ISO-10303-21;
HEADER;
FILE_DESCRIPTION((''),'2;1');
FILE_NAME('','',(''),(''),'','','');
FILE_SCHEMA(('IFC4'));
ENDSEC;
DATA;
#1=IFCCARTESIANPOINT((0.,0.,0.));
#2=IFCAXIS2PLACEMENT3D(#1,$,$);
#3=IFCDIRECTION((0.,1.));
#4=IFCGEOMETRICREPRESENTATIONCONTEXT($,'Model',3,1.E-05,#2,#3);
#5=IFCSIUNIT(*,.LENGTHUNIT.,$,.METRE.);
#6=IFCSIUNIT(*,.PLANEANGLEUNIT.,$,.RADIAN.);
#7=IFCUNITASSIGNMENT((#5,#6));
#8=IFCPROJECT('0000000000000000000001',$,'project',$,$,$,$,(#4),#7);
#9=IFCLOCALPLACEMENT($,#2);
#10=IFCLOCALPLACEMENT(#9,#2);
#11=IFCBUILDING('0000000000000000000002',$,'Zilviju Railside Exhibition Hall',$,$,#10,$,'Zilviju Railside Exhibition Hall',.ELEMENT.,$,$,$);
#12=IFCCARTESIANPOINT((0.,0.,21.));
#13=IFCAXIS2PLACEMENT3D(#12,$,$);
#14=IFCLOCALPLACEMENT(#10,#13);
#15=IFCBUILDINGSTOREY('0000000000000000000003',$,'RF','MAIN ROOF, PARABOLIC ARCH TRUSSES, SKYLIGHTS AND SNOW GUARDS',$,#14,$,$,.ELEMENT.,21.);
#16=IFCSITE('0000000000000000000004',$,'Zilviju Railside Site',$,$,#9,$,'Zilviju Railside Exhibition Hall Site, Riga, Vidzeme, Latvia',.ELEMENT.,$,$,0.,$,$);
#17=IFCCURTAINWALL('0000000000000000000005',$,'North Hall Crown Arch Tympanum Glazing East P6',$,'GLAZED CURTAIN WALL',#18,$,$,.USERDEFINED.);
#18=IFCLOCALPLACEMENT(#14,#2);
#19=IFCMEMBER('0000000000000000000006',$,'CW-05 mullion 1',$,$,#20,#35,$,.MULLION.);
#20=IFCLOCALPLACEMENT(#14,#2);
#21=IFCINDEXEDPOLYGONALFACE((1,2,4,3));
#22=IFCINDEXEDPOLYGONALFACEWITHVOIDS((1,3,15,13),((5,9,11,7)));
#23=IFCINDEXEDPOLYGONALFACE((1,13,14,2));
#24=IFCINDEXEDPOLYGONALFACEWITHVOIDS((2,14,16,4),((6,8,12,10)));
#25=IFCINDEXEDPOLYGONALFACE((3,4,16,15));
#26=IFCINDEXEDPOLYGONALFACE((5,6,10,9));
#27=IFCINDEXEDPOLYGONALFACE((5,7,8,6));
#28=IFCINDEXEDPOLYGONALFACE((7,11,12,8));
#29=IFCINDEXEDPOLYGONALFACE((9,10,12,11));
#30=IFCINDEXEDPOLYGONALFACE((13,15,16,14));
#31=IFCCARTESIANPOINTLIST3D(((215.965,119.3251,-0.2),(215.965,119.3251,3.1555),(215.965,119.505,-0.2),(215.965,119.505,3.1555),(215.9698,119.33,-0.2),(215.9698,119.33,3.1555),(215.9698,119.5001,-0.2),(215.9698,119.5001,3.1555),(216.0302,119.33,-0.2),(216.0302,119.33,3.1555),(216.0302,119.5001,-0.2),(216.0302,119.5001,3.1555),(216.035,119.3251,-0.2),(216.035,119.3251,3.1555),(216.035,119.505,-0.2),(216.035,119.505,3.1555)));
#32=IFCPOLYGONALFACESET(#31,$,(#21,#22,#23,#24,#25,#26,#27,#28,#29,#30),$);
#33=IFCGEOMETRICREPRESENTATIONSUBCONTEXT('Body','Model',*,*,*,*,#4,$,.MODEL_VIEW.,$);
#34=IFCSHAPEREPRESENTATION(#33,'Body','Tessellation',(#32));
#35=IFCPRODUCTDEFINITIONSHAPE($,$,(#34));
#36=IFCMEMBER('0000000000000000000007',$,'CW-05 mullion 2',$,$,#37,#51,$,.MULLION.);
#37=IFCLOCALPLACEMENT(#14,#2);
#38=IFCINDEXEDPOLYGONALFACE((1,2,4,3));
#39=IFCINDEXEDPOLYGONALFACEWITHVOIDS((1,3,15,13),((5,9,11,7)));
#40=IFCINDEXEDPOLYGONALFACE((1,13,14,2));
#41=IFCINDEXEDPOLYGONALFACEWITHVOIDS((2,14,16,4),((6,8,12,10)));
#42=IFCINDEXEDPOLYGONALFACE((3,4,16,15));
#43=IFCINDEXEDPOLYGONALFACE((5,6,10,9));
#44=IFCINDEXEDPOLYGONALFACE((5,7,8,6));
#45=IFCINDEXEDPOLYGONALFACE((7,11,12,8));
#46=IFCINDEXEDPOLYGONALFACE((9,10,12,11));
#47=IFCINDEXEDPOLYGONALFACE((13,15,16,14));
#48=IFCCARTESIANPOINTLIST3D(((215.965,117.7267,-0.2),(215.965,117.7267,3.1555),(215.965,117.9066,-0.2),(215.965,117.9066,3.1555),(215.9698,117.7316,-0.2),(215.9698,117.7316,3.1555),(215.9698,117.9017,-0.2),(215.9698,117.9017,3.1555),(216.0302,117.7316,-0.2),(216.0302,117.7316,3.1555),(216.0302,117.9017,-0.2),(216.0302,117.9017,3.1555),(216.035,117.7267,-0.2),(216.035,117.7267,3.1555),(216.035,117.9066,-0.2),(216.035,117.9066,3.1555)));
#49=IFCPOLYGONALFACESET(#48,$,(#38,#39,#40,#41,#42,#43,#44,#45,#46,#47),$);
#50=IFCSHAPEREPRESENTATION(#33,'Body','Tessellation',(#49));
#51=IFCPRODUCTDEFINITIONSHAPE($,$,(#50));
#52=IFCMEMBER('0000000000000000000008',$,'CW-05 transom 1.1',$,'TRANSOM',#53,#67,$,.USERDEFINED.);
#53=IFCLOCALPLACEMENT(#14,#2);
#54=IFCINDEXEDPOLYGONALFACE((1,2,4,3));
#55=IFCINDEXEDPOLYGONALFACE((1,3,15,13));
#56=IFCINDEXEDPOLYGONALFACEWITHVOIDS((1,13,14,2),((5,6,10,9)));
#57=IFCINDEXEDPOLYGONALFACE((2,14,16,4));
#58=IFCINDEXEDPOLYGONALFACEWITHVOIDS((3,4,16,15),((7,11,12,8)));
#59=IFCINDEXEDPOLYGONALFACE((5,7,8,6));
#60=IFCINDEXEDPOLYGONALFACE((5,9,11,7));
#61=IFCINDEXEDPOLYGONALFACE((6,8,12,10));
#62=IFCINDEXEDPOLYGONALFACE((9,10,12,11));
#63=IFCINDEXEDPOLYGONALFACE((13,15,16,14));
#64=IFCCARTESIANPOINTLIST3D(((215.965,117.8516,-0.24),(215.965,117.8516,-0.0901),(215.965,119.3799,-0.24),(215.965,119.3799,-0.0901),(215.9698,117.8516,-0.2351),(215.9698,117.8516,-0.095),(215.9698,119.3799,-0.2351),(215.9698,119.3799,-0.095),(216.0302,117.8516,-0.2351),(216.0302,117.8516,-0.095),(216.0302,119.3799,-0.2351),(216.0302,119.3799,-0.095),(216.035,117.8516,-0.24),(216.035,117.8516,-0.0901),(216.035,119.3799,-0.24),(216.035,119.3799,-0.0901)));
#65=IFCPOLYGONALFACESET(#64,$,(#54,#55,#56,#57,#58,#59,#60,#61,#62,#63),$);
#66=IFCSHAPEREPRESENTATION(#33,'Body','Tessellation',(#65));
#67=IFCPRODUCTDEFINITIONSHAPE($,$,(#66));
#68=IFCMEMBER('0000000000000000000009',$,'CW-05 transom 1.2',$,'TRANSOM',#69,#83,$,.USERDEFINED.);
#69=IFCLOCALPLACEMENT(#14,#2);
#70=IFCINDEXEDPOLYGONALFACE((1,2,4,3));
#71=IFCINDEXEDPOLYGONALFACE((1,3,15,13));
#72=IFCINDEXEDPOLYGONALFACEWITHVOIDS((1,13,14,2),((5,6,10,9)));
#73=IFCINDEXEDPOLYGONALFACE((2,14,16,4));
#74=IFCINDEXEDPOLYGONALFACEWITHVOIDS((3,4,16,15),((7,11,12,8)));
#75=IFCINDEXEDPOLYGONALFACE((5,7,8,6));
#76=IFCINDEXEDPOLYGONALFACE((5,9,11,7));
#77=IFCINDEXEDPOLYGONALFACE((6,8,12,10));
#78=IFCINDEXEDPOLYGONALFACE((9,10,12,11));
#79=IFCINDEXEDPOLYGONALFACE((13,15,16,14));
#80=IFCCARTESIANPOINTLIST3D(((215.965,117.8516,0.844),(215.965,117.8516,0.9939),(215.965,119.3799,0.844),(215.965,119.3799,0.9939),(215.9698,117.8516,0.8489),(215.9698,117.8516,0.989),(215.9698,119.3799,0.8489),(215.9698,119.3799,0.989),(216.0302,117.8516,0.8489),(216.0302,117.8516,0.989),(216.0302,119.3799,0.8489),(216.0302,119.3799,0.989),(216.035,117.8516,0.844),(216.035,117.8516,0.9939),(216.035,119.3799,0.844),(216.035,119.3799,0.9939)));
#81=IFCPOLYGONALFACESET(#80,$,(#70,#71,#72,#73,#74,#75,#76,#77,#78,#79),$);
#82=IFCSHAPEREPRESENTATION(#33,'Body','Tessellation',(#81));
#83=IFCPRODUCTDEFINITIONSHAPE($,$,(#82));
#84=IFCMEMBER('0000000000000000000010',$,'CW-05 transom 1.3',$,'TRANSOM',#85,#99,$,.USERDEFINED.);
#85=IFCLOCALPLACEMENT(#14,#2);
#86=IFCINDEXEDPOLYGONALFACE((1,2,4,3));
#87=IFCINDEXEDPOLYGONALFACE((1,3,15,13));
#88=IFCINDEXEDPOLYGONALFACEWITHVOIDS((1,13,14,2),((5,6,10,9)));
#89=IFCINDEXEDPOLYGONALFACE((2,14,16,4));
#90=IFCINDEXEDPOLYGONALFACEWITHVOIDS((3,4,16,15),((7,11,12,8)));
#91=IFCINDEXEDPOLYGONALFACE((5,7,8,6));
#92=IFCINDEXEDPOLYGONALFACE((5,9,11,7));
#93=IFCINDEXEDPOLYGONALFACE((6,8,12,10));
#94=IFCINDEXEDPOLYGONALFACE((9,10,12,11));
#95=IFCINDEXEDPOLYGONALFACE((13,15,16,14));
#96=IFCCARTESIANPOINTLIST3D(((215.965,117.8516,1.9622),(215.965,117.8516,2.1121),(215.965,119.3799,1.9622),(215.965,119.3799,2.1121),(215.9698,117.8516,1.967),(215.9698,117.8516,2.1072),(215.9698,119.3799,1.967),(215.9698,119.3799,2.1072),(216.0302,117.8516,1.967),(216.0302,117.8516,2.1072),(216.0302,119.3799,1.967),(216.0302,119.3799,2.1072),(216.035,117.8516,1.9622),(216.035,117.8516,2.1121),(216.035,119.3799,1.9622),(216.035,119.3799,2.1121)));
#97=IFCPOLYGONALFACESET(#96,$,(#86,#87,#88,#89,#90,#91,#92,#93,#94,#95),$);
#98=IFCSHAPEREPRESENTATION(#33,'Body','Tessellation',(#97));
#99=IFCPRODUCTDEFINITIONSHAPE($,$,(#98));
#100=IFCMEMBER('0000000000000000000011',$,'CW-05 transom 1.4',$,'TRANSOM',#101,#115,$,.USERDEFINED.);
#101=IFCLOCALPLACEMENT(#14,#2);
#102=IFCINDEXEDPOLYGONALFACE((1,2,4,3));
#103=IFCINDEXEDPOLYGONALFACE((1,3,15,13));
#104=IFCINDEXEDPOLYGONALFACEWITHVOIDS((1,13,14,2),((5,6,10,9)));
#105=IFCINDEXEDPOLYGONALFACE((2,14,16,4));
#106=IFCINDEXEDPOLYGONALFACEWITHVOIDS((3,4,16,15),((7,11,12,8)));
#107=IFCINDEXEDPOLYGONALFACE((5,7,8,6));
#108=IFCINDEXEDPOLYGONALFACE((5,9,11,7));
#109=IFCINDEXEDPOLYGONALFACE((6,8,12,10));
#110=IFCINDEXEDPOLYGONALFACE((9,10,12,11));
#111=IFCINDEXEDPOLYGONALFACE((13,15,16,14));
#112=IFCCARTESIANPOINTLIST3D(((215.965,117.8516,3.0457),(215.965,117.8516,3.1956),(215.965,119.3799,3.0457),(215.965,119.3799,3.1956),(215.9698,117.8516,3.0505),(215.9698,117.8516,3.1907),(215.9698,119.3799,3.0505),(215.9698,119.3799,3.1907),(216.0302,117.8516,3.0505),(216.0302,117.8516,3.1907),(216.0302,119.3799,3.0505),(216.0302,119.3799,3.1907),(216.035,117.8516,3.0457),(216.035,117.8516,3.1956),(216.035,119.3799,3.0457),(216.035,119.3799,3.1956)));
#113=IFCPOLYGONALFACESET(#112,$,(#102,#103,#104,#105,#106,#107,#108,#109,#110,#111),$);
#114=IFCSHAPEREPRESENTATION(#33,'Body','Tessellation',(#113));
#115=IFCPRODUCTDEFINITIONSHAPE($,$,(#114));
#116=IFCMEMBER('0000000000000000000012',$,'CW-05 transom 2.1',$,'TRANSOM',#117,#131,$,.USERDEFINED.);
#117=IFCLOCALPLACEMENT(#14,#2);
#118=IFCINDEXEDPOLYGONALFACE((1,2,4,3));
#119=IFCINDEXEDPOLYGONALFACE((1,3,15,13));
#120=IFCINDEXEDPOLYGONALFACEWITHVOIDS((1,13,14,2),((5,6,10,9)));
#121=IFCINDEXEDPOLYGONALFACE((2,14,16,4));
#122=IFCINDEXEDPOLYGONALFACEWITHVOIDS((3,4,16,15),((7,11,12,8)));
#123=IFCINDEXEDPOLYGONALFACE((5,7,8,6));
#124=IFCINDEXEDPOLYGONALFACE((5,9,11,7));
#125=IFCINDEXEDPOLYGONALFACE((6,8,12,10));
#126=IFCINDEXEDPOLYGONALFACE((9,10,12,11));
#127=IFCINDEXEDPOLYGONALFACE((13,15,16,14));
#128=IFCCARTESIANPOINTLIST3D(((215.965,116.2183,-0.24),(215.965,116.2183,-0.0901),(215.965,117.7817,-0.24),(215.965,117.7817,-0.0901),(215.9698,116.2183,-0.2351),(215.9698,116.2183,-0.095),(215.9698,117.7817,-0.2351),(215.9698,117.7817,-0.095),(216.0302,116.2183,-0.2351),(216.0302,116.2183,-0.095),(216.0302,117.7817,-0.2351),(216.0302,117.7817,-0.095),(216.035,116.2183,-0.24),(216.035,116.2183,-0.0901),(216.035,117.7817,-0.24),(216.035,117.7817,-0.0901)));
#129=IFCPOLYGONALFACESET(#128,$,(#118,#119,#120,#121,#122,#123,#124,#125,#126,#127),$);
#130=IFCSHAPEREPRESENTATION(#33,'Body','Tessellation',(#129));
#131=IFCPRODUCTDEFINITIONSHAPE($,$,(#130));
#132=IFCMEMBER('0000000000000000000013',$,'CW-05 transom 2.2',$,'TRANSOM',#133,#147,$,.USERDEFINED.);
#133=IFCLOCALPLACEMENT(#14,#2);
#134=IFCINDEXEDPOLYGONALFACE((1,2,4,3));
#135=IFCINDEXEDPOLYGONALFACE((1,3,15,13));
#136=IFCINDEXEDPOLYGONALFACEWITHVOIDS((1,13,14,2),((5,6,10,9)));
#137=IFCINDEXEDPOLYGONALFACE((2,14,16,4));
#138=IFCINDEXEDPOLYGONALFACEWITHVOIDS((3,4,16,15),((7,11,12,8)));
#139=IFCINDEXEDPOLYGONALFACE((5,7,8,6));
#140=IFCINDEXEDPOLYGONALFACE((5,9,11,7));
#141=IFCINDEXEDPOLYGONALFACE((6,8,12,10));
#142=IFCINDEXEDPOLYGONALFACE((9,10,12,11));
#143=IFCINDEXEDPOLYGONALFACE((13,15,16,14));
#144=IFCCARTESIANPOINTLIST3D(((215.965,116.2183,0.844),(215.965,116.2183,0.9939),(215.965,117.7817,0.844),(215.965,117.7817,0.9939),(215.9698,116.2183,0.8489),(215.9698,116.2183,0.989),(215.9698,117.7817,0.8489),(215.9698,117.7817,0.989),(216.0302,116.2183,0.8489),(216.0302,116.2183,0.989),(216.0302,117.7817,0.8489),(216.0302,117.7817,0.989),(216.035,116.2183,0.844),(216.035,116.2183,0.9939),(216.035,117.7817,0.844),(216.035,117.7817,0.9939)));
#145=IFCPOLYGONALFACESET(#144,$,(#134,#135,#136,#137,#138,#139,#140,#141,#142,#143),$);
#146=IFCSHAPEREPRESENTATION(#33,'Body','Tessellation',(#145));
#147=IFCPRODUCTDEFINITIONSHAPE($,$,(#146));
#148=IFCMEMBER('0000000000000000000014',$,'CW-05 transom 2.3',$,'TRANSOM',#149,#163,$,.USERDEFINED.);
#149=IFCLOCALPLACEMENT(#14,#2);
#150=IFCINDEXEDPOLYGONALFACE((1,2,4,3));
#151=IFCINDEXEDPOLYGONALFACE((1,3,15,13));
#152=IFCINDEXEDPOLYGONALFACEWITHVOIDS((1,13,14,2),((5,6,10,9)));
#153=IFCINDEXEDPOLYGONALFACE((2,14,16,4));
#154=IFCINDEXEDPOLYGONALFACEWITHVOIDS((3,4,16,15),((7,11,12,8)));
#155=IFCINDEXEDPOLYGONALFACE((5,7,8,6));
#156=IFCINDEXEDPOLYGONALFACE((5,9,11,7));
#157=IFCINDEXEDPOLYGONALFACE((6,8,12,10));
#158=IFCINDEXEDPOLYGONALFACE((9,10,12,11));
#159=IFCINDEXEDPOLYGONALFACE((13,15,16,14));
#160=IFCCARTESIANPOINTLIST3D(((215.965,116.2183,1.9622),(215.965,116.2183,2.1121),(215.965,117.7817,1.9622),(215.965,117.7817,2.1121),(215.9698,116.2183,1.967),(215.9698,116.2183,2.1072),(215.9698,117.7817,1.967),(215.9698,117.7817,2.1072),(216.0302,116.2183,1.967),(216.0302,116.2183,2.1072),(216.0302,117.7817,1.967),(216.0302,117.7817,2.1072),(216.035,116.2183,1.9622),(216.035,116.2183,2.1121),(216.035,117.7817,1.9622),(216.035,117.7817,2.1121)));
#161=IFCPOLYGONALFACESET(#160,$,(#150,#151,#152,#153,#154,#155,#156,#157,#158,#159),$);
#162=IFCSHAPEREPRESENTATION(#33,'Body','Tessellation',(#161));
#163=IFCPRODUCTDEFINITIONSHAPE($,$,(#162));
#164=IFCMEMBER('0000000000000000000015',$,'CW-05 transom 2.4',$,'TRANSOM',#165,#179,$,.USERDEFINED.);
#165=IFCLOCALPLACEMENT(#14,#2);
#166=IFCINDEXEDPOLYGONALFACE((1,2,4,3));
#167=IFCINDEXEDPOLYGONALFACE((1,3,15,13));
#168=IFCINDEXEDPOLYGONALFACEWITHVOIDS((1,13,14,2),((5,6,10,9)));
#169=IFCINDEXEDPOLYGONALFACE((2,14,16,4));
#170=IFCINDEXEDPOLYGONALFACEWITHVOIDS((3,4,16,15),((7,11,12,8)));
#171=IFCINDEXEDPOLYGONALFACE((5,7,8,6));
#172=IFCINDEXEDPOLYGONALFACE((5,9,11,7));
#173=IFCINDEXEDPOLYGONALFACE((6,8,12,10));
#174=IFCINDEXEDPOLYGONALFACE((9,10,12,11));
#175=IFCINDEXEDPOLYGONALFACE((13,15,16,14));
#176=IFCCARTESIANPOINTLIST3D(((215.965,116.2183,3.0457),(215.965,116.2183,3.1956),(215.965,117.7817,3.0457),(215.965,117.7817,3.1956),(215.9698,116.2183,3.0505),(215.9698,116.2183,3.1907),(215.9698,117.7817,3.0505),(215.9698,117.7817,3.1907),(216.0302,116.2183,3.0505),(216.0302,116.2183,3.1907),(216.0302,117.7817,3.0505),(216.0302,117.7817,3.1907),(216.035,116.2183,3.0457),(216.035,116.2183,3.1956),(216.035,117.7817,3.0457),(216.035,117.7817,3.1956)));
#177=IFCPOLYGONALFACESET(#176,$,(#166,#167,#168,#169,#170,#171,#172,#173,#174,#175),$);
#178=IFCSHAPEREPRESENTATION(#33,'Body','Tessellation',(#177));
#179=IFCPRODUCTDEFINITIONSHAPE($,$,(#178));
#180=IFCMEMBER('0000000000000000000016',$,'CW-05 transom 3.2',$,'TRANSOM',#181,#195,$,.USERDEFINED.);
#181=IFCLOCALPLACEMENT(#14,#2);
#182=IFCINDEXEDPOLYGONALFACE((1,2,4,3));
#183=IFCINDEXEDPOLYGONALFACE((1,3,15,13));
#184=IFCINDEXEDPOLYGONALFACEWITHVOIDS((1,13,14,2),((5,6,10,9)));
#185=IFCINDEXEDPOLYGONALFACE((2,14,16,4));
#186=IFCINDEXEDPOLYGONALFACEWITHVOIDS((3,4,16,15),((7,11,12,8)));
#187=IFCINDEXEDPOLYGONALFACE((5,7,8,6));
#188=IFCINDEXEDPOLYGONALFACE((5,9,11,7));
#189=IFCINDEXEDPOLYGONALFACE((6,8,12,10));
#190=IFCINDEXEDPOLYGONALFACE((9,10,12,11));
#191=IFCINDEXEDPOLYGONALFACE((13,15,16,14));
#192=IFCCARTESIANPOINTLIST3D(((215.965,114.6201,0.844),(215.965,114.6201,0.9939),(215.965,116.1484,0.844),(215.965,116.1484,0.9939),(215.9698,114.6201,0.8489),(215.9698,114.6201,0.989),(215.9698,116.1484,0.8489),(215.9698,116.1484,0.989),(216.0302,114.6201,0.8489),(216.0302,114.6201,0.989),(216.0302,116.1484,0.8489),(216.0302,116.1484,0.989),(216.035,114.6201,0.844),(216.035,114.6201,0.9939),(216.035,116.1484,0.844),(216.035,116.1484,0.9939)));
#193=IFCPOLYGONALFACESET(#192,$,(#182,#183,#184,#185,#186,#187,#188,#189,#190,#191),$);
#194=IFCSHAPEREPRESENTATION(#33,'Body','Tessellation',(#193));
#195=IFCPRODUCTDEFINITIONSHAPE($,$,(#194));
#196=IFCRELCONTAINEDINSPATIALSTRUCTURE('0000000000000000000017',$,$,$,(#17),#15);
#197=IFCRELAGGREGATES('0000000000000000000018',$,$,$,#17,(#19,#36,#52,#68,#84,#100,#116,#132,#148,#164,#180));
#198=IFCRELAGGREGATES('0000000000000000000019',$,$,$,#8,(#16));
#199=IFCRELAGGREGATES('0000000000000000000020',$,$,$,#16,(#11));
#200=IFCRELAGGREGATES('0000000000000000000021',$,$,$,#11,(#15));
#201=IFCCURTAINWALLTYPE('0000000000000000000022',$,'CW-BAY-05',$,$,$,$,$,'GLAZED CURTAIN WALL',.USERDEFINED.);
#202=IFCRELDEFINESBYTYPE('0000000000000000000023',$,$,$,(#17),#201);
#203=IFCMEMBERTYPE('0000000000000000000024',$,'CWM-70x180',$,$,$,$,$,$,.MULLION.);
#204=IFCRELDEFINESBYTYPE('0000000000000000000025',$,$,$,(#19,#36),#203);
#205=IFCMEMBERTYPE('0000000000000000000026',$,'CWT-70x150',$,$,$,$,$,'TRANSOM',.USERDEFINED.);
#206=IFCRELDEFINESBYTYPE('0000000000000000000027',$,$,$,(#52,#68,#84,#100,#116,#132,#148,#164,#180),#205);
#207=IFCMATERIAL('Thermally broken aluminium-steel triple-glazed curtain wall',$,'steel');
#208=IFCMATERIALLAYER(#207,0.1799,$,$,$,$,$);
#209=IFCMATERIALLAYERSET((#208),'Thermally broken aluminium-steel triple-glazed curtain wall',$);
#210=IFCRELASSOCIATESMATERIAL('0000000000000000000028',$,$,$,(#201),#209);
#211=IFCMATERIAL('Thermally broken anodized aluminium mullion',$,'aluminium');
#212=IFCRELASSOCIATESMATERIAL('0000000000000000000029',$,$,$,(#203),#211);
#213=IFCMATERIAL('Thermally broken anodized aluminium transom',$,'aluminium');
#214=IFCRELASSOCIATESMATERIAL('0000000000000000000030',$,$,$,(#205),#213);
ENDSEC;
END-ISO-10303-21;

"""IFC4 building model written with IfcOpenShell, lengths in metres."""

from ifc_helpers import new_model, si_unit, direction, frame, origin, origin_2d, place, context, subcontext, project, spatial, hollow_rectangle, extrude, material, layer, layer_set, material_profile, profile_set, type_object, element, aggregate, save


model = new_model("IFC4")

# Units and contexts
model_context = context("Model", 3, precision=1e-05, world=origin(), true_north=direction((0.0, 1.0)))
body_context = subcontext(model_context, "Body", "Model", "MODEL_VIEW")
ifc_project = project(units=[si_unit("LENGTHUNIT", "METRE"), si_unit("PLANEANGLEUNIT", "RADIAN")], contexts=[model_context])

# Site, building, storey
site_placement = place(None, origin())
site = spatial("IfcSite", under=ifc_project, at=site_placement, Name="Zilviju Railside Site", LongName="Zilviju Railside Exhibition Hall Site, Riga, Vidzeme, Latvia", CompositionType="ELEMENT", RefElevation=0.0)
building_placement = place(site_placement, origin())
building = spatial("IfcBuilding", under=site, at=building_placement, Name="Zilviju Railside Exhibition Hall", LongName="Zilviju Railside Exhibition Hall", CompositionType="ELEMENT")
storey_placement = place(building_placement, frame((0.0, 0.0, 21.0)))
storey = spatial("IfcBuildingStorey", under=building, at=storey_placement, Name="RF", Description="MAIN ROOF, PARABOLIC ARCH TRUSSES, SKYLIGHTS AND SNOW GUARDS", CompositionType="ELEMENT", Elevation=21.0)

# Curtain wall, members
ifc_material_1 = material(Name="Thermally broken aluminium-steel triple-glazed curtain wall", Category="steel")
ifc_layer_1 = layer(ifc_material_1, 0.1799)
ifc_layer_set_1 = layer_set([ifc_layer_1], Name="Thermally broken aluminium-steel triple-glazed curtain wall")
curtain_wall_type = type_object("IfcCurtainWallType", Name="CW-BAY-05", ElementType="GLAZED CURTAIN WALL", PredefinedType="USERDEFINED", material=ifc_layer_set_1)
curtain_wall_placement = place(storey_placement, origin())
curtain_wall = element("IfcCurtainWall", 1, at=curtain_wall_placement, inside=storey, type_object=curtain_wall_type, Name="North Hall Crown Arch Tympanum Glazing East P6", ObjectType="GLAZED CURTAIN WALL", PredefinedType="USERDEFINED")
ifc_material_2 = material(Name="Thermally broken anodized aluminium mullion", Category="aluminium")
ifc_material_profile_1 = material_profile(ifc_material_2, hollow_rectangle(XDim=0.0701, YDim=0.1799, WallThickness=0.0049, at=origin_2d()), Name="MULLION 180x70x5")
ifc_profile_set_1 = profile_set([ifc_material_profile_1], Name="Thermally broken anodized aluminium mullion")
member_type_1 = type_object("IfcMemberType", Name="CWM-70x180", PredefinedType="MULLION", material=ifc_profile_set_1)
member_1_placement = place(storey_placement, frame((216.0, 119.415, -0.2), z_axis=(0.0, 0.0, 1.0), x_axis=(1.0, 0.0, 0.0)))
member_1 = element("IfcMember", 2, at=member_1_placement, type_object=member_type_1, Name="CW-05 mullion 1", PredefinedType="MULLION", context=body_context, shape_type="SweptSolid", body=[
    extrude(hollow_rectangle(XDim=0.0701, YDim=0.1799, WallThickness=0.0049, at=origin_2d()), origin(), (0.0, 0.0, 1.0), 3.3555),
])
member_2_placement = place(storey_placement, frame((216.0, 117.8167, -0.2), z_axis=(0.0, 0.0, 1.0), x_axis=(1.0, 0.0, 0.0)))
member_2 = element("IfcMember", 3, at=member_2_placement, type_object=member_type_1, Name="CW-05 mullion 2", PredefinedType="MULLION", context=body_context, shape_type="SweptSolid", body=[
    extrude(hollow_rectangle(XDim=0.0701, YDim=0.1799, WallThickness=0.0049, at=origin_2d()), origin(), (0.0, 0.0, 1.0), 3.3555),
])
ifc_material_3 = material(Name="Thermally broken anodized aluminium transom", Category="aluminium")
ifc_material_profile_2 = material_profile(ifc_material_3, hollow_rectangle(XDim=0.0701, YDim=0.1499, WallThickness=0.0049, at=origin_2d()), Name="TRANSOM 150x70x5")
ifc_profile_set_2 = profile_set([ifc_material_profile_2], Name="Thermally broken anodized aluminium transom")
member_type_2 = type_object("IfcMemberType", Name="CWT-70x150", ElementType="TRANSOM", PredefinedType="USERDEFINED", material=ifc_profile_set_2)
member_3_placement = place(storey_placement, frame((216.0, 119.3799, -0.165), z_axis=(0.0, -1.0, 0.0), x_axis=(1.0, 0.0, 0.0)))
member_3 = element("IfcMember", 4, at=member_3_placement, type_object=member_type_2, Name="CW-05 transom 1.1", ObjectType="TRANSOM", PredefinedType="USERDEFINED", context=body_context, shape_type="SweptSolid", body=[
    extrude(hollow_rectangle(XDim=0.0701, YDim=0.1499, WallThickness=0.0049, at=origin_2d()), origin(), (0.0, 0.0, 1.0), 1.5283),
])
member_4_placement = place(storey_placement, frame((216.0, 119.3799, 0.9189), z_axis=(0.0, -1.0, 0.0), x_axis=(1.0, 0.0, 0.0)))
member_4 = element("IfcMember", 5, at=member_4_placement, type_object=member_type_2, Name="CW-05 transom 1.2", ObjectType="TRANSOM", PredefinedType="USERDEFINED", context=body_context, shape_type="SweptSolid", body=[
    extrude(hollow_rectangle(XDim=0.0701, YDim=0.1499, WallThickness=0.0049, at=origin_2d()), origin(), (0.0, 0.0, 1.0), 1.5283),
])
member_5_placement = place(storey_placement, frame((216.0, 119.3799, 2.0371), z_axis=(0.0, -1.0, 0.0), x_axis=(1.0, 0.0, 0.0)))
member_5 = element("IfcMember", 6, at=member_5_placement, type_object=member_type_2, Name="CW-05 transom 1.3", ObjectType="TRANSOM", PredefinedType="USERDEFINED", context=body_context, shape_type="SweptSolid", body=[
    extrude(hollow_rectangle(XDim=0.0701, YDim=0.1499, WallThickness=0.0049, at=origin_2d()), origin(), (0.0, 0.0, 1.0), 1.5283),
])
member_6_placement = place(storey_placement, frame((216.0, 119.3799, 3.1206), z_axis=(0.0, -1.0, 0.0), x_axis=(1.0, 0.0, 0.0)))
member_6 = element("IfcMember", 7, at=member_6_placement, type_object=member_type_2, Name="CW-05 transom 1.4", ObjectType="TRANSOM", PredefinedType="USERDEFINED", context=body_context, shape_type="SweptSolid", body=[
    extrude(hollow_rectangle(XDim=0.0701, YDim=0.1499, WallThickness=0.0049, at=origin_2d()), origin(), (0.0, 0.0, 1.0), 1.5283),
])
member_7_placement = place(storey_placement, frame((216.0, 117.7817, -0.165), z_axis=(0.0, -1.0, 0.0), x_axis=(1.0, 0.0, 0.0)))
member_7 = element("IfcMember", 8, at=member_7_placement, type_object=member_type_2, Name="CW-05 transom 2.1", ObjectType="TRANSOM", PredefinedType="USERDEFINED", context=body_context, shape_type="SweptSolid", body=[
    extrude(hollow_rectangle(XDim=0.0701, YDim=0.1499, WallThickness=0.0049, at=origin_2d()), origin(), (0.0, 0.0, 1.0), 1.5635),
])
member_8_placement = place(storey_placement, frame((216.0, 117.7817, 0.9189), z_axis=(0.0, -1.0, 0.0), x_axis=(1.0, 0.0, 0.0)))
member_8 = element("IfcMember", 9, at=member_8_placement, type_object=member_type_2, Name="CW-05 transom 2.2", ObjectType="TRANSOM", PredefinedType="USERDEFINED", context=body_context, shape_type="SweptSolid", body=[
    extrude(hollow_rectangle(XDim=0.0701, YDim=0.1499, WallThickness=0.0049, at=origin_2d()), origin(), (0.0, 0.0, 1.0), 1.5635),
])
member_9_placement = place(storey_placement, frame((216.0, 117.7817, 2.0371), z_axis=(0.0, -1.0, 0.0), x_axis=(1.0, 0.0, 0.0)))
member_9 = element("IfcMember", 10, at=member_9_placement, type_object=member_type_2, Name="CW-05 transom 2.3", ObjectType="TRANSOM", PredefinedType="USERDEFINED", context=body_context, shape_type="SweptSolid", body=[
    extrude(hollow_rectangle(XDim=0.0701, YDim=0.1499, WallThickness=0.0049, at=origin_2d()), origin(), (0.0, 0.0, 1.0), 1.5635),
])
member_10_placement = place(storey_placement, frame((216.0, 117.7817, 3.1206), z_axis=(0.0, -1.0, 0.0), x_axis=(1.0, 0.0, 0.0)))
member_10 = element("IfcMember", 11, at=member_10_placement, type_object=member_type_2, Name="CW-05 transom 2.4", ObjectType="TRANSOM", PredefinedType="USERDEFINED", context=body_context, shape_type="SweptSolid", body=[
    extrude(hollow_rectangle(XDim=0.0701, YDim=0.1499, WallThickness=0.0049, at=origin_2d()), origin(), (0.0, 0.0, 1.0), 1.5635),
])
member_11_placement = place(storey_placement, frame((216.0, 116.1484, 0.9189), z_axis=(0.0, -1.0, 0.0), x_axis=(1.0, 0.0, 0.0)))
member_11 = element("IfcMember", 12, at=member_11_placement, type_object=member_type_2, Name="CW-05 transom 3.2", ObjectType="TRANSOM", PredefinedType="USERDEFINED", context=body_context, shape_type="SweptSolid", body=[
    extrude(hollow_rectangle(XDim=0.0701, YDim=0.1499, WallThickness=0.0049, at=origin_2d()), origin(), (0.0, 0.0, 1.0), 1.5283),
])

aggregate(curtain_wall, [member_1, member_2, member_3, member_4, member_5, member_6, member_7, member_8, member_9, member_10, member_11])

save(model, "model.ifc")
